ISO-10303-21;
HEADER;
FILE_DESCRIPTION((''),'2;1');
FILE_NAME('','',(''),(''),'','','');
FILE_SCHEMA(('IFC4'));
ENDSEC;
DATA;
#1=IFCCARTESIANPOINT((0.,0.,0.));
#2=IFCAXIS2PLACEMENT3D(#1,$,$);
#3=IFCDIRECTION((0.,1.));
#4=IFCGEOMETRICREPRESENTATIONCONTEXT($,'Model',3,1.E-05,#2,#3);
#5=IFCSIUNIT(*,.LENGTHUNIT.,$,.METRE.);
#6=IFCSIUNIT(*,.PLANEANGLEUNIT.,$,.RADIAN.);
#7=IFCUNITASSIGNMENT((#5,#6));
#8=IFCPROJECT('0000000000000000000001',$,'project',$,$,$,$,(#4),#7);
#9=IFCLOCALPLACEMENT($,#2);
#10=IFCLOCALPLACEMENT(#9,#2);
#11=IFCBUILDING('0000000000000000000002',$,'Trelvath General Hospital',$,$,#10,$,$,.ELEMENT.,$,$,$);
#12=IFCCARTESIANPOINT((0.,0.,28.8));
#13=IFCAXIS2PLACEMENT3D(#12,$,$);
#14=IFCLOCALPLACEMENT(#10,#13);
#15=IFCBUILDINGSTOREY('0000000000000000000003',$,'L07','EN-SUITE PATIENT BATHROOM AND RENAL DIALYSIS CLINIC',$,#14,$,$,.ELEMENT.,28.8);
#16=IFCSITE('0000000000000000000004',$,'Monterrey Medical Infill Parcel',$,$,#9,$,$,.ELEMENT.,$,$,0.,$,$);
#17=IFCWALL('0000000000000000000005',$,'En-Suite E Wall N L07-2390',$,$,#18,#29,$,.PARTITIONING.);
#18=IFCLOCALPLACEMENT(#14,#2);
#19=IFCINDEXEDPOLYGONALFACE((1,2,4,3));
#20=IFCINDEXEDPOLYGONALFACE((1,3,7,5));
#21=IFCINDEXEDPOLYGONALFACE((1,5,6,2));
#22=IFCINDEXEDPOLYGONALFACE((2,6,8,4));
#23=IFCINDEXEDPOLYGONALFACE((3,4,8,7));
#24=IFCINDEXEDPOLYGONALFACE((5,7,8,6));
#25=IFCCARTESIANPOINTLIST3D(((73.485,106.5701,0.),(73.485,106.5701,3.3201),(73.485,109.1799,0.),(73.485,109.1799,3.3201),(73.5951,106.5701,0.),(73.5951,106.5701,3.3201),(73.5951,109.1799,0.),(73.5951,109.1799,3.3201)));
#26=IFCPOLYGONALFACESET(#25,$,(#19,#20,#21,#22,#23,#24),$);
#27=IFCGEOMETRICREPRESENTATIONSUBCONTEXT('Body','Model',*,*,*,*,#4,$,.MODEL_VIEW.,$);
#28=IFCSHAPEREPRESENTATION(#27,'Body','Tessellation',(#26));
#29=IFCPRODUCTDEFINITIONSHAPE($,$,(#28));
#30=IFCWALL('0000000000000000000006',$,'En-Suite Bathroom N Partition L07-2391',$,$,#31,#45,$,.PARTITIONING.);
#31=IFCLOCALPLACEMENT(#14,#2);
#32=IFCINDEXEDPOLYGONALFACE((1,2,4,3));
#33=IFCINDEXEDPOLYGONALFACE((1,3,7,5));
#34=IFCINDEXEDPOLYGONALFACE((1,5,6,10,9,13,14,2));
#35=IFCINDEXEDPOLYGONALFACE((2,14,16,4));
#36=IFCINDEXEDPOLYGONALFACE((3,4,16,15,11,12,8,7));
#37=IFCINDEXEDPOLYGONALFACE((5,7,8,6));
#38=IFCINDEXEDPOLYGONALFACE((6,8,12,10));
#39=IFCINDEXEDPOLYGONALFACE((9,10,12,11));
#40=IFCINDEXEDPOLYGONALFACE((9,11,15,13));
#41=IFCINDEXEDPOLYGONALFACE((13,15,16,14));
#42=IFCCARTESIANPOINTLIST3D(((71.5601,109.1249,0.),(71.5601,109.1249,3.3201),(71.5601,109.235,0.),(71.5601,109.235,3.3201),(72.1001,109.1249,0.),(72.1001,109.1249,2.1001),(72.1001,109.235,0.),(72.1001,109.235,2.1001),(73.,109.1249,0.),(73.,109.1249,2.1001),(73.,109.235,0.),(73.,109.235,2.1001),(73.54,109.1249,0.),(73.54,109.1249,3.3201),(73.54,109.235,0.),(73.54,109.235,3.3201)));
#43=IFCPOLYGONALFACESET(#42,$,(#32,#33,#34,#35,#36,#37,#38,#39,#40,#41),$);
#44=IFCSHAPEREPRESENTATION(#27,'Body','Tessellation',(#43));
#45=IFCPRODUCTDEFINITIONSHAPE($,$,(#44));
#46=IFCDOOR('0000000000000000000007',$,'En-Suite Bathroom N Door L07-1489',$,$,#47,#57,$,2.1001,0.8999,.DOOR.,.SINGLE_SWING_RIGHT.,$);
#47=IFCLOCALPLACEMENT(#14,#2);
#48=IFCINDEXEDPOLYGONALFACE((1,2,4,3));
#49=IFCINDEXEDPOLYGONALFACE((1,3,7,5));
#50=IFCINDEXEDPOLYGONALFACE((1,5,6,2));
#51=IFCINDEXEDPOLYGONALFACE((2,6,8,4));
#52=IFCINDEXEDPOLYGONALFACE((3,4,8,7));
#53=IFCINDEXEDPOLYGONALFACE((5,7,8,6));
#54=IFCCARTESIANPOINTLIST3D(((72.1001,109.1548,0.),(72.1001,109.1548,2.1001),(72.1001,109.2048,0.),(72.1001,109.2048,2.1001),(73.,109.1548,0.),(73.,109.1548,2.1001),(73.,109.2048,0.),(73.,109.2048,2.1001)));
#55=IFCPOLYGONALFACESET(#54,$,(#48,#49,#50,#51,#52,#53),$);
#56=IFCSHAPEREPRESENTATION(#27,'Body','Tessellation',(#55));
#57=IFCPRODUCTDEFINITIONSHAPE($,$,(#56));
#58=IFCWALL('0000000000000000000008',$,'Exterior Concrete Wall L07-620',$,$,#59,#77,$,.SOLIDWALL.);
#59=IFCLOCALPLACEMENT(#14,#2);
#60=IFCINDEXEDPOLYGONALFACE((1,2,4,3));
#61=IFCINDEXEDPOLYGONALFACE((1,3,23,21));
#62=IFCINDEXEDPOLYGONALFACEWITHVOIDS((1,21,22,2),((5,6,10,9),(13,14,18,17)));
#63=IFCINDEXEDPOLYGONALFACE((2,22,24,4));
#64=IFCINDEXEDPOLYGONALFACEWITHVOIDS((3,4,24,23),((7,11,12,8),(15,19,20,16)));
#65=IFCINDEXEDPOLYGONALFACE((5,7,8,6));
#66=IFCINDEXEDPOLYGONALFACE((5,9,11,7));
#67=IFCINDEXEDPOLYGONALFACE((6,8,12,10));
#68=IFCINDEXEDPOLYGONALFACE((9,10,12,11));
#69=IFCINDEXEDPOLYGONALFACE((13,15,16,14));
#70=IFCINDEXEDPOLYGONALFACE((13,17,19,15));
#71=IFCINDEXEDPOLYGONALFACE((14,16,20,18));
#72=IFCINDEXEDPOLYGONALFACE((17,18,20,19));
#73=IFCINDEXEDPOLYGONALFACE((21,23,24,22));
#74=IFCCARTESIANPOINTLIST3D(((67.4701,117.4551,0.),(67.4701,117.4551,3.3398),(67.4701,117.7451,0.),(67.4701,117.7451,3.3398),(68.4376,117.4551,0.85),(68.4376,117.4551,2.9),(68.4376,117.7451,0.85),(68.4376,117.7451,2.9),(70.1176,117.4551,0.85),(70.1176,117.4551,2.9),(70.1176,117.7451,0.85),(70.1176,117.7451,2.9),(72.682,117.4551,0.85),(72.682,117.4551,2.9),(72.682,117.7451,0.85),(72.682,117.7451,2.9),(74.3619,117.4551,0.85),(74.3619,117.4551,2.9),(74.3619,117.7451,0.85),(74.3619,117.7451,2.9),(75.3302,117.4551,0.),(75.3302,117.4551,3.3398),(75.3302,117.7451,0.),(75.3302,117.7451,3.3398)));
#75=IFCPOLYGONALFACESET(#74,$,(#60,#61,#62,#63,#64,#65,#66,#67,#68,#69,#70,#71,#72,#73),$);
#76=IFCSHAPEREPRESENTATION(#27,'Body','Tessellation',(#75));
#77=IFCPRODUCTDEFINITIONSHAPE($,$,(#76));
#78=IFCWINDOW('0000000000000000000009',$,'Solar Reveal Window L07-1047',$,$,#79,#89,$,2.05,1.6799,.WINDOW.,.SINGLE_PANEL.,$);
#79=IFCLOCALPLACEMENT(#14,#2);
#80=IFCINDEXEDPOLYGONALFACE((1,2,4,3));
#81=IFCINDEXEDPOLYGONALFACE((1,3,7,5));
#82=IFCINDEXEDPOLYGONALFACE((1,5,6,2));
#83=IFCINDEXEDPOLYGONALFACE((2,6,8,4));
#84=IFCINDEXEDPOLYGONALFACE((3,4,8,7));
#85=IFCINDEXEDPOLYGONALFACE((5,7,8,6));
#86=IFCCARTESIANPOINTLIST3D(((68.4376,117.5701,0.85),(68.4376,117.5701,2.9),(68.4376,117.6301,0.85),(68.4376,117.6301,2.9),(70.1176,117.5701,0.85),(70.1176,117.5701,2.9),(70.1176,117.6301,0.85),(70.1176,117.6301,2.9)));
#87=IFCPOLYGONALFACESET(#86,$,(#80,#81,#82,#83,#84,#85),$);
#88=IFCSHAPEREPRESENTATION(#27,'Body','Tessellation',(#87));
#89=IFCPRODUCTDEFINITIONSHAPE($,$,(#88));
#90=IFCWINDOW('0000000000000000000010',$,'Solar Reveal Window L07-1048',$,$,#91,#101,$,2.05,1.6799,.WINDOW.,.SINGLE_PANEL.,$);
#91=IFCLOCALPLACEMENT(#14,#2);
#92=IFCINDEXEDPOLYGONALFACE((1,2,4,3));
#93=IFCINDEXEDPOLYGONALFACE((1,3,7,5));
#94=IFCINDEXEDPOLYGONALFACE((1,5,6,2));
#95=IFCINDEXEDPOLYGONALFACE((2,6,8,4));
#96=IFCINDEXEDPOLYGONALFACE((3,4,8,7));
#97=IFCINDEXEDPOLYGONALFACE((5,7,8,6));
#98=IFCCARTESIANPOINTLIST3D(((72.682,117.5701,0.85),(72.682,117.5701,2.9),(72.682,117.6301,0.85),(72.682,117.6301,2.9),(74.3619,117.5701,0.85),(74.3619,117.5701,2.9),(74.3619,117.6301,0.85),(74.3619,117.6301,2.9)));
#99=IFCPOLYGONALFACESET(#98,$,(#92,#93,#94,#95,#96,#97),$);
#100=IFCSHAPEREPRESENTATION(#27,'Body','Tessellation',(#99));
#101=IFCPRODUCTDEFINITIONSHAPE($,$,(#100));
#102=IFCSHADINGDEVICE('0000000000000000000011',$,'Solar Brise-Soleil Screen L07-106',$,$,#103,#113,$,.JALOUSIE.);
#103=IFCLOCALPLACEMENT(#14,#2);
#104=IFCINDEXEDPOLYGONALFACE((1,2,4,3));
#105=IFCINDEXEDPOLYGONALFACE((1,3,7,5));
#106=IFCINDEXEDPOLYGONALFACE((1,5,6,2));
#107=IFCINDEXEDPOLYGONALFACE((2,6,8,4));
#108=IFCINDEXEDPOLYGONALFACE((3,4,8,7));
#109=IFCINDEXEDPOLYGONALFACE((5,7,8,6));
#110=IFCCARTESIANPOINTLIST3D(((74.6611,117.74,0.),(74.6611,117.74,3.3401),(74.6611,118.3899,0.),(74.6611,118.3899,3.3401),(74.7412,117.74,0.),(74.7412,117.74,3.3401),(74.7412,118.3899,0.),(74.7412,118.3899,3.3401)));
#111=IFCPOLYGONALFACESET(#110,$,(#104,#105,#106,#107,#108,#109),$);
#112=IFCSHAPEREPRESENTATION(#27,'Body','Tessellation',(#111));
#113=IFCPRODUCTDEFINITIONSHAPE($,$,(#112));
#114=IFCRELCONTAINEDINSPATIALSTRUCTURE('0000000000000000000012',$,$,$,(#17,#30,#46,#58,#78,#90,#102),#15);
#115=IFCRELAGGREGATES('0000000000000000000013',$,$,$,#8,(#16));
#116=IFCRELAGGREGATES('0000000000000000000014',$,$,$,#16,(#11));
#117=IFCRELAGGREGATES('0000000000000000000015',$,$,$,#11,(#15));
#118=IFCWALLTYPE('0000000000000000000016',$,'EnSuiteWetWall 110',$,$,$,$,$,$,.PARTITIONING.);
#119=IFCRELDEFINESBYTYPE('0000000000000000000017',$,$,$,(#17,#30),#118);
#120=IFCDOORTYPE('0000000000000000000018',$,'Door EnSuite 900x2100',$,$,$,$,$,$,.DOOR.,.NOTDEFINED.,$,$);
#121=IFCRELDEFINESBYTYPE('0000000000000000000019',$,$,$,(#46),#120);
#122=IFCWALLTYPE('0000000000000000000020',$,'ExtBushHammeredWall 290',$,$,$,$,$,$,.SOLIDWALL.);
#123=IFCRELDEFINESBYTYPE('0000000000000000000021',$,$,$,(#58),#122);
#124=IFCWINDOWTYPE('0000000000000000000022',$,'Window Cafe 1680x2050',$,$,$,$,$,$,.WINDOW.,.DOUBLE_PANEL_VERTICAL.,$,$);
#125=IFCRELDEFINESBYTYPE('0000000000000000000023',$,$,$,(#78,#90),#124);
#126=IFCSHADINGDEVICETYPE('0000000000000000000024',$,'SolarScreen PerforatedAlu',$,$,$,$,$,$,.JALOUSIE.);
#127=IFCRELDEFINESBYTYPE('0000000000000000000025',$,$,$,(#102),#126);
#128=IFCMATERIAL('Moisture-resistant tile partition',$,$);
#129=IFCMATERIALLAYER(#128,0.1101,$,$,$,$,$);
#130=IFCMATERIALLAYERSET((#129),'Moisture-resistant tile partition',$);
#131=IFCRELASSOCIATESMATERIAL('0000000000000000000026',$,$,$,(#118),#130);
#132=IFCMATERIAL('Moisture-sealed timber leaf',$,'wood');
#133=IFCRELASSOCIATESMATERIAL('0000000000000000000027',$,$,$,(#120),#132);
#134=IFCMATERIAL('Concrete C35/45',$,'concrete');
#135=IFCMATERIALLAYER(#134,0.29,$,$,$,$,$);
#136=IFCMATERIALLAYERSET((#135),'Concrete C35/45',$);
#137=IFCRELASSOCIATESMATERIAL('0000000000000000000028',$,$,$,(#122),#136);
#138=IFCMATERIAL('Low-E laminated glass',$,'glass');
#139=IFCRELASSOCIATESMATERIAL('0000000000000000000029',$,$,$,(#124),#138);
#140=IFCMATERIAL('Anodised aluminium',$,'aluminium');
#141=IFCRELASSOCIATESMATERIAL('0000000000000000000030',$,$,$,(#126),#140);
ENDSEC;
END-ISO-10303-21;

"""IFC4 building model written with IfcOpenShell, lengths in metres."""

from ifc_helpers import new_model, si_unit, direction, frame, frame_2d, origin, origin_2d, place, context, subcontext, project, spatial, rectangle, extrude, material, layer, layer_set, type_object, element, fill, save


model = new_model("IFC4")

# Units and contexts
model_context = context("Model", 3, precision=1e-05, world=origin(), true_north=direction((0.0, 1.0)))
body_context = subcontext(model_context, "Body", "Model", "MODEL_VIEW")
ifc_project = project(units=[si_unit("LENGTHUNIT", "METRE"), si_unit("PLANEANGLEUNIT", "RADIAN")], contexts=[model_context])

# Site, building, storey
site_placement = place(None, origin())
site = spatial("IfcSite", under=ifc_project, at=site_placement, Name="Monterrey Medical Infill Parcel", CompositionType="ELEMENT", RefElevation=0.0)
building_placement = place(site_placement, origin())
building = spatial("IfcBuilding", under=site, at=building_placement, Name="Trelvath General Hospital", CompositionType="ELEMENT")
storey_placement = place(building_placement, frame((0.0, 0.0, 28.8)))
storey = spatial("IfcBuildingStorey", under=building, at=storey_placement, Name="L07", Description="EN-SUITE PATIENT BATHROOM AND RENAL DIALYSIS CLINIC", CompositionType="ELEMENT", Elevation=28.8)

# Shared definitions
ifc_material_1 = material(Name="Moisture-resistant tile partition")
ifc_layer_1 = layer(ifc_material_1, 0.1101)
ifc_layer_set_1 = layer_set([ifc_layer_1], Name="Moisture-resistant tile partition")
wall_type_1 = type_object("IfcWallType", Name="EnSuiteWetWall 110", PredefinedType="PARTITIONING", material=ifc_layer_set_1)
ifc_material_2 = material(Name="Moisture-sealed timber leaf", Category="wood")
door_type = type_object("IfcDoorType", Name="Door EnSuite 900x2100", OperationType="NOTDEFINED", PredefinedType="DOOR", material=ifc_material_2)

# Wall
for number, where, z_axis, x_axis, name in (
    (1, (73.54, 106.5701, 0.0), (0.0, 0.0, 1.0), (0.0, 1.0, 0.0), "En-Suite E Wall N L07-2390"),
):
    element("IfcWall", number, at=place(storey_placement, frame(where, z_axis=z_axis, x_axis=x_axis)), inside=storey, type_object=wall_type_1, Name=name, PredefinedType="PARTITIONING", context=body_context, shape_type="SweptSolid", body=[
        extrude(rectangle(XDim=2.6099, YDim=0.1101, at=frame_2d((1.3049, 0.0))), origin(), (0.0, 0.0, 1.0), 3.3201),
    ])

# Wall, opening, door
wall_1_placement = place(storey_placement, frame((71.5601, 109.1799, 0.0), z_axis=(0.0, 0.0, 1.0), x_axis=(1.0, 0.0, 0.0)))
wall_1 = element("IfcWall", 2, at=wall_1_placement, inside=storey, type_object=wall_type_1, Name="En-Suite Bathroom N Partition L07-2391", PredefinedType="PARTITIONING", context=body_context, shape_type="SweptSolid", body=[
    extrude(rectangle(XDim=1.98, YDim=0.1101, at=frame_2d((0.99, 0.0))), origin(), (0.0, 0.0, 1.0), 3.3201),
])
opening_1_placement = place(wall_1_placement, frame((0.54, 0.0, 0.0)))
opening_1 = element("IfcOpeningElement", 3, at=opening_1_placement, cuts=wall_1, PredefinedType="OPENING", context=body_context, shape_type="SweptSolid", body=[
    extrude(rectangle(XDim=0.8999, YDim=2.1001, at=frame_2d((0.45, 1.05))), frame((0.0, 0.0649, 0.0), z_axis=(0.0, -1.0, 0.0), x_axis=(1.0, 0.0, 0.0)), (0.0, 0.0, 1.0), 0.1301),
])
door_1_placement = place(opening_1_placement, origin())
door_1 = element("IfcDoor", 4, at=door_1_placement, inside=storey, type_object=door_type, Name="En-Suite Bathroom N Door L07-1489", OperationType="SINGLE_SWING_RIGHT", OverallHeight=2.1001, OverallWidth=0.8999, PredefinedType="DOOR", context=body_context, shape_type="SweptSolid", body=[
    extrude(rectangle(XDim=0.8999, YDim=2.1001, at=frame_2d((0.45, 1.05))), frame((0.0, 0.0249, 0.0), z_axis=(0.0, -1.0, 0.0), x_axis=(1.0, 0.0, 0.0)), (0.0, 0.0, 1.0), 0.05),
])
fill(opening_1, door_1)

# Wall, openings, windows
ifc_material_3 = material(Name="Concrete C35/45", Category="concrete")
ifc_layer_2 = layer(ifc_material_3, 0.29)
ifc_layer_set_2 = layer_set([ifc_layer_2], Name="Concrete C35/45")
wall_type_2 = type_object("IfcWallType", Name="ExtBushHammeredWall 290", PredefinedType="SOLIDWALL", material=ifc_layer_set_2)
wall_2_placement = place(storey_placement, frame((67.47, 117.6001, 0.0), z_axis=(0.0, 0.0, 1.0), x_axis=(1.0, 0.0, 0.0)))
wall_2 = element("IfcWall", 5, at=wall_2_placement, inside=storey, type_object=wall_type_2, Name="Exterior Concrete Wall L07-620", PredefinedType="SOLIDWALL", context=body_context, shape_type="SweptSolid", body=[
    extrude(rectangle(XDim=7.8601, YDim=0.29, at=frame_2d((3.9302, 0.0))), origin(), (0.0, 0.0, 1.0), 3.3398),
])
opening_2_placement = place(wall_2_placement, frame((0.9678, 0.0, 0.8501)))
opening_2 = element("IfcOpeningElement", 6, at=opening_2_placement, cuts=wall_2, PredefinedType="OPENING", context=body_context, shape_type="SweptSolid", body=[
    extrude(rectangle(XDim=1.6799, YDim=2.05, at=frame_2d((0.8398, 1.0249))), frame((0.0, 0.155, 0.0), z_axis=(0.0, -1.0, 0.0), x_axis=(1.0, 0.0, 0.0)), (0.0, 0.0, 1.0), 0.3101),
])
opening_3_placement = place(wall_2_placement, frame((5.2122, 0.0, 0.8501)))
opening_3 = element("IfcOpeningElement", 7, at=opening_3_placement, cuts=wall_2, PredefinedType="OPENING", context=body_context, shape_type="SweptSolid", body=[
    extrude(rectangle(XDim=1.6799, YDim=2.05, at=frame_2d((0.8398, 1.0249))), frame((0.0, 0.155, 0.0), z_axis=(0.0, -1.0, 0.0), x_axis=(1.0, 0.0, 0.0)), (0.0, 0.0, 1.0), 0.3101),
])
ifc_material_4 = material(Name="Low-E laminated glass", Category="glass")
window_type = type_object("IfcWindowType", Name="Window Cafe 1680x2050", PartitioningType="DOUBLE_PANEL_VERTICAL", PredefinedType="WINDOW", material=ifc_material_4)
window_1_placement = place(opening_2_placement, origin())
window_1 = element("IfcWindow", 8, at=window_1_placement, inside=storey, type_object=window_type, Name="Solar Reveal Window L07-1047", OverallHeight=2.05, OverallWidth=1.6799, PartitioningType="SINGLE_PANEL", PredefinedType="WINDOW", context=body_context, shape_type="SweptSolid", body=[
    extrude(rectangle(XDim=1.6799, YDim=2.05, at=frame_2d((0.8398, 1.0249))), frame((0.0, 0.03, 0.0), z_axis=(0.0, -1.0, 0.0), x_axis=(1.0, 0.0, 0.0)), (0.0, 0.0, 1.0), 0.0601),
])
fill(opening_2, window_1)
window_2_placement = place(opening_3_placement, origin())
window_2 = element("IfcWindow", 9, at=window_2_placement, inside=storey, type_object=window_type, Name="Solar Reveal Window L07-1048", OverallHeight=2.05, OverallWidth=1.6799, PartitioningType="SINGLE_PANEL", PredefinedType="WINDOW", context=body_context, shape_type="SweptSolid", body=[
    extrude(rectangle(XDim=1.6799, YDim=2.05, at=frame_2d((0.8398, 1.0249))), frame((0.0, 0.03, 0.0), z_axis=(0.0, -1.0, 0.0), x_axis=(1.0, 0.0, 0.0)), (0.0, 0.0, 1.0), 0.0601),
])
fill(opening_3, window_2)

# Shading device
ifc_material_5 = material(Name="Anodised aluminium", Category="aluminium")
shading_device_type = type_object("IfcShadingDeviceType", Name="SolarScreen PerforatedAlu", PredefinedType="JALOUSIE", material=ifc_material_5)
shading_device_placement = place(storey_placement, frame((74.7012, 118.0649, 0.0), z_axis=(0.0, 0.0, 1.0), x_axis=(0.0, 1.0, 0.0)))
element("IfcShadingDevice", 10, at=shading_device_placement, inside=storey, type_object=shading_device_type, Name="Solar Brise-Soleil Screen L07-106", PredefinedType="JALOUSIE", context=body_context, shape_type="SweptSolid", body=[
    extrude(rectangle(XDim=0.6499, YDim=0.0801, at=origin_2d()), origin(), (0.0, 0.0, 1.0), 3.3401),
])

save(model, "model.ifc")
